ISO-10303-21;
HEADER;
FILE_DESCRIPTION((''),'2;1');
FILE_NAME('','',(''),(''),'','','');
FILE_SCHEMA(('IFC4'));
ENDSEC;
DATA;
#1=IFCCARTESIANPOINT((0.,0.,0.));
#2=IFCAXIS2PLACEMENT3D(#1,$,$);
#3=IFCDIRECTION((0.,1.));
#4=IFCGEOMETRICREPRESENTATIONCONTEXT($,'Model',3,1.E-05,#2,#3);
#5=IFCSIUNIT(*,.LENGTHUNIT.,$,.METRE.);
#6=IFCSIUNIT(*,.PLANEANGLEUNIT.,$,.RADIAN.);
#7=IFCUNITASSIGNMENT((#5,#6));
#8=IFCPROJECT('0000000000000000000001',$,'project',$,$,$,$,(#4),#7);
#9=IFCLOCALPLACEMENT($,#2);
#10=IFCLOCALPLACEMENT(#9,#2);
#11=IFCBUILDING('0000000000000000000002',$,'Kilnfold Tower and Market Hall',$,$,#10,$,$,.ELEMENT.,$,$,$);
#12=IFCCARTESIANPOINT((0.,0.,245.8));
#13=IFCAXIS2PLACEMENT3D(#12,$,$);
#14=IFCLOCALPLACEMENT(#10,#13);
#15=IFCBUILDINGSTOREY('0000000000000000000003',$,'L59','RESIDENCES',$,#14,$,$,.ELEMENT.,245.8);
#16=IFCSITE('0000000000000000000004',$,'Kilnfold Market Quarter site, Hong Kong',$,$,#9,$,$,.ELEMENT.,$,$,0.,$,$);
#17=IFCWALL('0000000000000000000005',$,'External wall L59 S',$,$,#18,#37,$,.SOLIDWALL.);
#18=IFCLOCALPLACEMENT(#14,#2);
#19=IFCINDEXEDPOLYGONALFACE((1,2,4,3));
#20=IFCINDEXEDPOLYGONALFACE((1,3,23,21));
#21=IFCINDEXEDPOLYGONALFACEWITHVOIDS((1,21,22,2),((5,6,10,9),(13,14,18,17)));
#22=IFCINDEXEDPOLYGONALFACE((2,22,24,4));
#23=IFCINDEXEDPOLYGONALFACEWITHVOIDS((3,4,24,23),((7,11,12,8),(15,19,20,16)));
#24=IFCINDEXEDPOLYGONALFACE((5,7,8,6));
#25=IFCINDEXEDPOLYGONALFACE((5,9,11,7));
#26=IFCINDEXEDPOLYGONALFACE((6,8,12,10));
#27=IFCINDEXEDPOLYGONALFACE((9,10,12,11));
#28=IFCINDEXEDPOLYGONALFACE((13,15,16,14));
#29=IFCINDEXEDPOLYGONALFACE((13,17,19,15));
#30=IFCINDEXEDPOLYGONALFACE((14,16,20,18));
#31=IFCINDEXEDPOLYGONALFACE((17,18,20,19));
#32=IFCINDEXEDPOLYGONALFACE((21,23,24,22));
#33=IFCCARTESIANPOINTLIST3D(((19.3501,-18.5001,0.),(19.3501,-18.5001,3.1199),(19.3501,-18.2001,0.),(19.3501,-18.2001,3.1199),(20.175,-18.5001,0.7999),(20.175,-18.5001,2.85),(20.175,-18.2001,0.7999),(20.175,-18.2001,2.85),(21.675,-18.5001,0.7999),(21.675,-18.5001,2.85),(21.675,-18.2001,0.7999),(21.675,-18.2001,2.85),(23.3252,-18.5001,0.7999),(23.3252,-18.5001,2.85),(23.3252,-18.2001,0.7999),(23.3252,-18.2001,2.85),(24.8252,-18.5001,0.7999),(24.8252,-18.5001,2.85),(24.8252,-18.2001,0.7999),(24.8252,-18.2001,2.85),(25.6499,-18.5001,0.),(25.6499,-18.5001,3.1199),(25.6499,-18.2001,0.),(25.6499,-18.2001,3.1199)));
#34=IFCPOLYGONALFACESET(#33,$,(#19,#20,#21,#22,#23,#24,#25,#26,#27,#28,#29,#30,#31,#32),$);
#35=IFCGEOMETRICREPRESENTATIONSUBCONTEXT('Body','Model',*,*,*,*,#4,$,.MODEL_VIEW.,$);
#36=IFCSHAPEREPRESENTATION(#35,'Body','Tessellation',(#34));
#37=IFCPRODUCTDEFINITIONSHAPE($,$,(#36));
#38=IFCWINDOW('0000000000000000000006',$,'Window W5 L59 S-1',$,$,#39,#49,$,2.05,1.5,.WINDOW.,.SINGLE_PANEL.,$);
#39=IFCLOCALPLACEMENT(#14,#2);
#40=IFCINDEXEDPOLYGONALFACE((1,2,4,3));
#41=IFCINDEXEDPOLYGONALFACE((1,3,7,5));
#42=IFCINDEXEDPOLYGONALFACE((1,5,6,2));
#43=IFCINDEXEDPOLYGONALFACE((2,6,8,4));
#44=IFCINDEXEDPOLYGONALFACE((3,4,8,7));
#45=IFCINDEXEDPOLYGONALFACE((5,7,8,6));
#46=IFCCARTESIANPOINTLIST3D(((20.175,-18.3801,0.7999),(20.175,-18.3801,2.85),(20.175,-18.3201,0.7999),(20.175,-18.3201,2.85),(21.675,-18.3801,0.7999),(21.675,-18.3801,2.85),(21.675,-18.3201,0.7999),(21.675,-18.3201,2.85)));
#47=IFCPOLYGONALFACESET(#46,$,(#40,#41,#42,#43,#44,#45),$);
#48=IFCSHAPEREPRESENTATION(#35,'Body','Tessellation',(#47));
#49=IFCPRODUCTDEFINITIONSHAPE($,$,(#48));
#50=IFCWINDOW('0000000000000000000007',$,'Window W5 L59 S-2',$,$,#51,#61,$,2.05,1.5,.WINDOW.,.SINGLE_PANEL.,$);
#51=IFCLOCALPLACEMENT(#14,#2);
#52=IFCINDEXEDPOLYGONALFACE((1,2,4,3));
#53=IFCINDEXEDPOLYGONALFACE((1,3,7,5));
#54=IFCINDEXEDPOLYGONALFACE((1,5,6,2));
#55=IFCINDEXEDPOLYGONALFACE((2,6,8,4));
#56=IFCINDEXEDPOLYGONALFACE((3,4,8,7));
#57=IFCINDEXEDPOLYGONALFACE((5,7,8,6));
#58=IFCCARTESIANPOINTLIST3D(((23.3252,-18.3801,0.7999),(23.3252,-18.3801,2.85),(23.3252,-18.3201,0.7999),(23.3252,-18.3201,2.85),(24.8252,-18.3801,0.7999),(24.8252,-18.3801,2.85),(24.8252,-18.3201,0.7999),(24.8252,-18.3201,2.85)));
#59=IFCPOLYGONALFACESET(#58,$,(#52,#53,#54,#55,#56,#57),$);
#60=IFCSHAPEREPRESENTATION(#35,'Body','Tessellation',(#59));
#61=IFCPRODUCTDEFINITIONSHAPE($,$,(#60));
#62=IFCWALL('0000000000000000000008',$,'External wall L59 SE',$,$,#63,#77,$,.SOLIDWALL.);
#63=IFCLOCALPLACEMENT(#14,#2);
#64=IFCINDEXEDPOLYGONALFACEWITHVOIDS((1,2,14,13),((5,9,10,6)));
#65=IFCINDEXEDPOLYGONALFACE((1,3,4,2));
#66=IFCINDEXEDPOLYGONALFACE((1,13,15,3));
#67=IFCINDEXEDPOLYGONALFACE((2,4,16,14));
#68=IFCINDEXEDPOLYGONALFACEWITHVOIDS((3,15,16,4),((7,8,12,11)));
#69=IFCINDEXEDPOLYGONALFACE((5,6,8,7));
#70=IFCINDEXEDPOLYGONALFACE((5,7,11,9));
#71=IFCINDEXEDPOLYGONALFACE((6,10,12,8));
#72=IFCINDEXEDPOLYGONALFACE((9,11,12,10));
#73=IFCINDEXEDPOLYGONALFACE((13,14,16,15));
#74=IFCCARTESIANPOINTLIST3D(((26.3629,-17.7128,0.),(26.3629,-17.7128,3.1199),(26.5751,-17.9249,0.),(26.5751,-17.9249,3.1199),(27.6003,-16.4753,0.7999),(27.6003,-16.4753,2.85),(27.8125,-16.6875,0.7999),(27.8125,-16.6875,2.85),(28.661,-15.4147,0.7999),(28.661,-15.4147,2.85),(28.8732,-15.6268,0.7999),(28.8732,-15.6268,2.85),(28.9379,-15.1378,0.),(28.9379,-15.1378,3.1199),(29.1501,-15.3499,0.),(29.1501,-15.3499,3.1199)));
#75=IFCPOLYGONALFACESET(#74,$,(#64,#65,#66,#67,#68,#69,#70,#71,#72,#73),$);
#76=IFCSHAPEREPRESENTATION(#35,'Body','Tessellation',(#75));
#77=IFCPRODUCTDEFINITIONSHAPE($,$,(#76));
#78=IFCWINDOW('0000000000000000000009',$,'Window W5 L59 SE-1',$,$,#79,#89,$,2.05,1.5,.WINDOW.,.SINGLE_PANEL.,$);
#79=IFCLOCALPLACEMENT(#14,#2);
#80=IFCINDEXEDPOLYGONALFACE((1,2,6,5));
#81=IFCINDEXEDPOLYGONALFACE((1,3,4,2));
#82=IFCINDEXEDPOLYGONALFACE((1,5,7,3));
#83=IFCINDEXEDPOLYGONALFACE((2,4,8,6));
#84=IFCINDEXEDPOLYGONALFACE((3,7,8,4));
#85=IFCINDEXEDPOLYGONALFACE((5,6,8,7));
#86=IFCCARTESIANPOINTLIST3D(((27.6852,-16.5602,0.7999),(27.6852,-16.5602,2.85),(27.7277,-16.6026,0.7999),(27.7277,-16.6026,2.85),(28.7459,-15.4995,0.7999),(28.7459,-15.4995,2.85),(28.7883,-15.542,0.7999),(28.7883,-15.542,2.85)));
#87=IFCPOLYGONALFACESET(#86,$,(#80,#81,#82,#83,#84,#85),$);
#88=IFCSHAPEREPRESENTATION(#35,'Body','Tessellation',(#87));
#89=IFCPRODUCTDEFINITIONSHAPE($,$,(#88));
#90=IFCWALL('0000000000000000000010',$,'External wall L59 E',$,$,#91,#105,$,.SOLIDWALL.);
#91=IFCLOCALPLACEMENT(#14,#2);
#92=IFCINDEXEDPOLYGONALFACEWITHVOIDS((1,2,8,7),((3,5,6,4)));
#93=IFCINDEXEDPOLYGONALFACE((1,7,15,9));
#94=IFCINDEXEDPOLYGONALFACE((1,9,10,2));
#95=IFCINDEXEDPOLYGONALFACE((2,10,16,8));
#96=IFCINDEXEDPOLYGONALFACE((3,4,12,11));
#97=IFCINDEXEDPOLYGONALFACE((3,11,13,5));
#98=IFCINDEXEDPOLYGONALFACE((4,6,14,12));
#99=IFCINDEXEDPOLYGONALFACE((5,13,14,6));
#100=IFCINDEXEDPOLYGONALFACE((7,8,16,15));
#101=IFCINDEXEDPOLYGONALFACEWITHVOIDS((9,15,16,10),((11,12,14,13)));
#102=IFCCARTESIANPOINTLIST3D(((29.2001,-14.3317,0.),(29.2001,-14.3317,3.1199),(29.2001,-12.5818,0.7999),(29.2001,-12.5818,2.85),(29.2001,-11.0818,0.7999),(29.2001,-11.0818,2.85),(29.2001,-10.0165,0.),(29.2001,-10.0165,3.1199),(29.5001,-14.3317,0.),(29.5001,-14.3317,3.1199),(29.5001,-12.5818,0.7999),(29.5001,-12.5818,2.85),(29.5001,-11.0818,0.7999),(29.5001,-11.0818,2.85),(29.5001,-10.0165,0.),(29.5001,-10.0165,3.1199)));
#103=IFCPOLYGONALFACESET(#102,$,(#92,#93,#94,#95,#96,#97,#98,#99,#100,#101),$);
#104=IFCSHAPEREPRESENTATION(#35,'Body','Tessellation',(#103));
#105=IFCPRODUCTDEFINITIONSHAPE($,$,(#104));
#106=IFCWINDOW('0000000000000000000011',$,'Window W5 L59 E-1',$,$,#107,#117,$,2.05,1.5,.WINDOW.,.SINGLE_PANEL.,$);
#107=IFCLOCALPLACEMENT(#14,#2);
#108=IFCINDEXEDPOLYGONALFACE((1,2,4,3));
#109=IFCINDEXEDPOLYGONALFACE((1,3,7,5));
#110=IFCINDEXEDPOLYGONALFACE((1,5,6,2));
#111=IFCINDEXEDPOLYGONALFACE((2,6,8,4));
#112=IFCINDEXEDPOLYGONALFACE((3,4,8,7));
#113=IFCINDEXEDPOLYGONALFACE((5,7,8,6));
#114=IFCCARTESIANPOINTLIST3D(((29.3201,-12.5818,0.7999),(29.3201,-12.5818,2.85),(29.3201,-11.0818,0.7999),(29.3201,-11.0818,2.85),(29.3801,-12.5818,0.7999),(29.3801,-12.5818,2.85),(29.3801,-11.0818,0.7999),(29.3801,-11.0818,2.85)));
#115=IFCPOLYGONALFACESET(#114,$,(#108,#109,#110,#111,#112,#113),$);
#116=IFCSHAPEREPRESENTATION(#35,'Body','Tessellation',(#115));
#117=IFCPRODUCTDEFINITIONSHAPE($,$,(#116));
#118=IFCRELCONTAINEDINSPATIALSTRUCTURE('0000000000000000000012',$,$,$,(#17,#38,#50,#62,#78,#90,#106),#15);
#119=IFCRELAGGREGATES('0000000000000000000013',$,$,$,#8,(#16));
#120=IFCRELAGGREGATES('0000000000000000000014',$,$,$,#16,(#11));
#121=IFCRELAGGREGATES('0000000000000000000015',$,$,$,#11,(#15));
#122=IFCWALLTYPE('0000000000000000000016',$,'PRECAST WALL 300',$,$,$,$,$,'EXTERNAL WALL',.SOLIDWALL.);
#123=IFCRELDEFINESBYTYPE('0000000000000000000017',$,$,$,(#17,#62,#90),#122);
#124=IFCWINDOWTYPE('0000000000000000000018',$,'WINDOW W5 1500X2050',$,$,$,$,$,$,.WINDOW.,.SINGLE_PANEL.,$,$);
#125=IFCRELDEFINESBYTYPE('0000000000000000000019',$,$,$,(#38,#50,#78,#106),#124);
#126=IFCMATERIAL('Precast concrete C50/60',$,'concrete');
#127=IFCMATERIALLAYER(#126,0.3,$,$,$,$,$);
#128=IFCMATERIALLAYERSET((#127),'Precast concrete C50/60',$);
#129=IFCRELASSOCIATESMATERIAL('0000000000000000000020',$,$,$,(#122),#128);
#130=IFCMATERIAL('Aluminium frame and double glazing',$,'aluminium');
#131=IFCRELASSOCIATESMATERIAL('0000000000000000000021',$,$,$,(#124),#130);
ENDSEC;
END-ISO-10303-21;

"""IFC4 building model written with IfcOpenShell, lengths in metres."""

from ifc_helpers import new_model, si_unit, direction, frame, frame_2d, origin, place, context, subcontext, project, spatial, rectangle, extrude, source, transform, mapped, material, layer, layer_set, type_object, element, fill, save


model = new_model("IFC4")

# Units and contexts
model_context = context("Model", 3, precision=1e-05, world=origin(), true_north=direction((0.0, 1.0)))
body_context = subcontext(model_context, "Body", "Model", "MODEL_VIEW")
ifc_project = project(units=[si_unit("LENGTHUNIT", "METRE"), si_unit("PLANEANGLEUNIT", "RADIAN")], contexts=[model_context])

# Site, building, storey
site_placement = place(None, origin())
site = spatial("IfcSite", under=ifc_project, at=site_placement, Name="Kilnfold Market Quarter site, Hong Kong", CompositionType="ELEMENT", RefElevation=0.0)
building_placement = place(site_placement, origin())
building = spatial("IfcBuilding", under=site, at=building_placement, Name="Kilnfold Tower and Market Hall", CompositionType="ELEMENT")
storey_placement = place(building_placement, frame((0.0, 0.0, 245.8)))
storey = spatial("IfcBuildingStorey", under=building, at=storey_placement, Name="L59", Description="RESIDENCES", CompositionType="ELEMENT", Elevation=245.8)

# Wall, openings, windows
ifc_material_1 = material(Name="Precast concrete C50/60", Category="concrete")
ifc_layer_1 = layer(ifc_material_1, 0.3)
ifc_layer_set_1 = layer_set([ifc_layer_1], Name="Precast concrete C50/60")
wall_type_1 = type_object("IfcWallType", Name="PRECAST WALL 300", ElementType="EXTERNAL WALL", PredefinedType="SOLIDWALL", material=ifc_layer_set_1)
shared_shape_1 = source(origin(), body_context, "Body", "SweptSolid", [
    extrude(rectangle(XDim=6.2998, YDim=0.3, at=frame_2d((3.1499, 0.0))), origin(), (0.0, 0.0, 1.0), 3.1199),
])
wall_1_placement = place(storey_placement, frame((19.3501, -18.3501, 0.0), z_axis=(0.0, 0.0, 1.0), x_axis=(1.0, 0.0, 0.0)))
wall_1 = element("IfcWall", 1, at=wall_1_placement, inside=storey, type_object=wall_type_1, Name="External wall L59 S", PredefinedType="SOLIDWALL", context=body_context, shape_type="MappedRepresentation", body=[
    mapped(shared_shape_1, transform((0.0, 0.0, 0.0))),
])
opening_1_placement = place(wall_1_placement, frame((0.825, 0.0, 0.8)))
opening_1 = element("IfcOpeningElement", 2, at=opening_1_placement, cuts=wall_1, PredefinedType="OPENING", context=body_context, shape_type="SweptSolid", body=[
    extrude(rectangle(XDim=1.5, YDim=2.05, at=frame_2d((0.75, 1.0249))), frame((0.0, 0.1602, 0.0), z_axis=(0.0, -1.0, 0.0), x_axis=(1.0, 0.0, 0.0)), (0.0, 0.0, 1.0), 0.3201),
])
opening_2_placement = place(wall_1_placement, frame((3.9751, 0.0, 0.8)))
opening_2 = element("IfcOpeningElement", 3, at=opening_2_placement, cuts=wall_1, PredefinedType="OPENING", context=body_context, shape_type="SweptSolid", body=[
    extrude(rectangle(XDim=1.5, YDim=2.05, at=frame_2d((0.75, 1.0249))), frame((0.0, 0.1602, 0.0), z_axis=(0.0, -1.0, 0.0), x_axis=(1.0, 0.0, 0.0)), (0.0, 0.0, 1.0), 0.3201),
])
ifc_material_2 = material(Name="Aluminium frame and double glazing", Category="aluminium")
window_type = type_object("IfcWindowType", Name="WINDOW W5 1500X2050", PartitioningType="SINGLE_PANEL", PredefinedType="WINDOW", material=ifc_material_2)
window_1_placement = place(opening_1_placement, origin())
window_1 = element("IfcWindow", 4, at=window_1_placement, inside=storey, type_object=window_type, Name="Window W5 L59 S-1", OverallHeight=2.05, OverallWidth=1.5, PartitioningType="SINGLE_PANEL", PredefinedType="WINDOW", context=body_context, shape_type="SweptSolid", body=[
    extrude(rectangle(XDim=1.5, YDim=2.05, at=frame_2d((0.75, 1.0249))), frame((0.0, 0.03, 0.0), z_axis=(0.0, -1.0, 0.0), x_axis=(1.0, 0.0, 0.0)), (0.0, 0.0, 1.0), 0.0601),
])
fill(opening_1, window_1)
window_2_placement = place(opening_2_placement, origin())
window_2 = element("IfcWindow", 5, at=window_2_placement, inside=storey, type_object=window_type, Name="Window W5 L59 S-2", OverallHeight=2.05, OverallWidth=1.5, PartitioningType="SINGLE_PANEL", PredefinedType="WINDOW", context=body_context, shape_type="SweptSolid", body=[
    extrude(rectangle(XDim=1.5, YDim=2.05, at=frame_2d((0.75, 1.0249))), frame((0.0, 0.03, 0.0), z_axis=(0.0, -1.0, 0.0), x_axis=(1.0, 0.0, 0.0)), (0.0, 0.0, 1.0), 0.0601),
])
fill(opening_2, window_2)

# Walls, openings, windows
shared_shape_2 = source(origin(), body_context, "Body", "SweptSolid", [
    extrude(rectangle(XDim=3.6416, YDim=0.3, at=frame_2d((1.8208, 0.0))), origin(), (0.0, 0.0, 1.0), 3.1199),
])
wall_2_placement = place(storey_placement, frame((26.469, -17.8188, 0.0), z_axis=(0.0, 0.0, 1.0), x_axis=(0.707107, 0.707107, 0.0)))
wall_2 = element("IfcWall", 6, at=wall_2_placement, inside=storey, type_object=wall_type_1, Name="External wall L59 SE", PredefinedType="SOLIDWALL", context=body_context, shape_type="MappedRepresentation", body=[
    mapped(shared_shape_2, transform((0.0, 0.0, 0.0))),
])
opening_3_placement = place(wall_2_placement, frame((1.75, 0.0, 0.8)))
opening_3 = element("IfcOpeningElement", 7, at=opening_3_placement, cuts=wall_2, PredefinedType="OPENING", context=body_context, shape_type="SweptSolid", body=[
    extrude(rectangle(XDim=1.5, YDim=2.05, at=frame_2d((0.75, 1.0249))), frame((0.0, 0.1602, 0.0), z_axis=(0.0, -1.0, 0.0), x_axis=(1.0, 0.0, 0.0)), (0.0, 0.0, 1.0), 0.3201),
])
window_3_placement = place(opening_3_placement, origin())
window_3 = element("IfcWindow", 8, at=window_3_placement, inside=storey, type_object=window_type, Name="Window W5 L59 SE-1", OverallHeight=2.05, OverallWidth=1.5, PartitioningType="SINGLE_PANEL", PredefinedType="WINDOW", context=body_context, shape_type="SweptSolid", body=[
    extrude(rectangle(XDim=1.5, YDim=2.05, at=frame_2d((0.75, 1.0249))), frame((0.0, 0.03, 0.0), z_axis=(0.0, -1.0, 0.0), x_axis=(1.0, 0.0, 0.0)), (0.0, 0.0, 1.0), 0.0601),
])
fill(opening_3, window_3)
shared_shape_3 = source(origin(), body_context, "Body", "SweptSolid", [
    extrude(rectangle(XDim=4.3152, YDim=0.3, at=frame_2d((2.1577, 0.0))), origin(), (0.0, 0.0, 1.0), 3.1199),
])
wall_3_placement = place(storey_placement, frame((29.3501, -14.3318, 0.0), z_axis=(0.0, 0.0, 1.0), x_axis=(0.0, 1.0, 0.0)))
wall_3 = element("IfcWall", 9, at=wall_3_placement, inside=storey, type_object=wall_type_1, Name="External wall L59 E", PredefinedType="SOLIDWALL", context=body_context, shape_type="MappedRepresentation", body=[
    mapped(shared_shape_3, transform((0.0, 0.0, 0.0))),
])
opening_4_placement = place(wall_3_placement, frame((1.75, 0.0, 0.8)))
opening_4 = element("IfcOpeningElement", 10, at=opening_4_placement, cuts=wall_3, PredefinedType="OPENING", context=body_context, shape_type="SweptSolid", body=[
    extrude(rectangle(XDim=1.5, YDim=2.05, at=frame_2d((0.75, 1.0249))), frame((0.0, 0.1602, 0.0), z_axis=(0.0, -1.0, 0.0), x_axis=(1.0, 0.0, 0.0)), (0.0, 0.0, 1.0), 0.3201),
])
window_4_placement = place(opening_4_placement, origin())
window_4 = element("IfcWindow", 11, at=window_4_placement, inside=storey, type_object=window_type, Name="Window W5 L59 E-1", OverallHeight=2.05, OverallWidth=1.5, PartitioningType="SINGLE_PANEL", PredefinedType="WINDOW", context=body_context, shape_type="SweptSolid", body=[
    extrude(rectangle(XDim=1.5, YDim=2.05, at=frame_2d((0.75, 1.0249))), frame((0.0, 0.03, 0.0), z_axis=(0.0, -1.0, 0.0), x_axis=(1.0, 0.0, 0.0)), (0.0, 0.0, 1.0), 0.0601),
])
fill(opening_4, window_4)

save(model, "model.ifc")
